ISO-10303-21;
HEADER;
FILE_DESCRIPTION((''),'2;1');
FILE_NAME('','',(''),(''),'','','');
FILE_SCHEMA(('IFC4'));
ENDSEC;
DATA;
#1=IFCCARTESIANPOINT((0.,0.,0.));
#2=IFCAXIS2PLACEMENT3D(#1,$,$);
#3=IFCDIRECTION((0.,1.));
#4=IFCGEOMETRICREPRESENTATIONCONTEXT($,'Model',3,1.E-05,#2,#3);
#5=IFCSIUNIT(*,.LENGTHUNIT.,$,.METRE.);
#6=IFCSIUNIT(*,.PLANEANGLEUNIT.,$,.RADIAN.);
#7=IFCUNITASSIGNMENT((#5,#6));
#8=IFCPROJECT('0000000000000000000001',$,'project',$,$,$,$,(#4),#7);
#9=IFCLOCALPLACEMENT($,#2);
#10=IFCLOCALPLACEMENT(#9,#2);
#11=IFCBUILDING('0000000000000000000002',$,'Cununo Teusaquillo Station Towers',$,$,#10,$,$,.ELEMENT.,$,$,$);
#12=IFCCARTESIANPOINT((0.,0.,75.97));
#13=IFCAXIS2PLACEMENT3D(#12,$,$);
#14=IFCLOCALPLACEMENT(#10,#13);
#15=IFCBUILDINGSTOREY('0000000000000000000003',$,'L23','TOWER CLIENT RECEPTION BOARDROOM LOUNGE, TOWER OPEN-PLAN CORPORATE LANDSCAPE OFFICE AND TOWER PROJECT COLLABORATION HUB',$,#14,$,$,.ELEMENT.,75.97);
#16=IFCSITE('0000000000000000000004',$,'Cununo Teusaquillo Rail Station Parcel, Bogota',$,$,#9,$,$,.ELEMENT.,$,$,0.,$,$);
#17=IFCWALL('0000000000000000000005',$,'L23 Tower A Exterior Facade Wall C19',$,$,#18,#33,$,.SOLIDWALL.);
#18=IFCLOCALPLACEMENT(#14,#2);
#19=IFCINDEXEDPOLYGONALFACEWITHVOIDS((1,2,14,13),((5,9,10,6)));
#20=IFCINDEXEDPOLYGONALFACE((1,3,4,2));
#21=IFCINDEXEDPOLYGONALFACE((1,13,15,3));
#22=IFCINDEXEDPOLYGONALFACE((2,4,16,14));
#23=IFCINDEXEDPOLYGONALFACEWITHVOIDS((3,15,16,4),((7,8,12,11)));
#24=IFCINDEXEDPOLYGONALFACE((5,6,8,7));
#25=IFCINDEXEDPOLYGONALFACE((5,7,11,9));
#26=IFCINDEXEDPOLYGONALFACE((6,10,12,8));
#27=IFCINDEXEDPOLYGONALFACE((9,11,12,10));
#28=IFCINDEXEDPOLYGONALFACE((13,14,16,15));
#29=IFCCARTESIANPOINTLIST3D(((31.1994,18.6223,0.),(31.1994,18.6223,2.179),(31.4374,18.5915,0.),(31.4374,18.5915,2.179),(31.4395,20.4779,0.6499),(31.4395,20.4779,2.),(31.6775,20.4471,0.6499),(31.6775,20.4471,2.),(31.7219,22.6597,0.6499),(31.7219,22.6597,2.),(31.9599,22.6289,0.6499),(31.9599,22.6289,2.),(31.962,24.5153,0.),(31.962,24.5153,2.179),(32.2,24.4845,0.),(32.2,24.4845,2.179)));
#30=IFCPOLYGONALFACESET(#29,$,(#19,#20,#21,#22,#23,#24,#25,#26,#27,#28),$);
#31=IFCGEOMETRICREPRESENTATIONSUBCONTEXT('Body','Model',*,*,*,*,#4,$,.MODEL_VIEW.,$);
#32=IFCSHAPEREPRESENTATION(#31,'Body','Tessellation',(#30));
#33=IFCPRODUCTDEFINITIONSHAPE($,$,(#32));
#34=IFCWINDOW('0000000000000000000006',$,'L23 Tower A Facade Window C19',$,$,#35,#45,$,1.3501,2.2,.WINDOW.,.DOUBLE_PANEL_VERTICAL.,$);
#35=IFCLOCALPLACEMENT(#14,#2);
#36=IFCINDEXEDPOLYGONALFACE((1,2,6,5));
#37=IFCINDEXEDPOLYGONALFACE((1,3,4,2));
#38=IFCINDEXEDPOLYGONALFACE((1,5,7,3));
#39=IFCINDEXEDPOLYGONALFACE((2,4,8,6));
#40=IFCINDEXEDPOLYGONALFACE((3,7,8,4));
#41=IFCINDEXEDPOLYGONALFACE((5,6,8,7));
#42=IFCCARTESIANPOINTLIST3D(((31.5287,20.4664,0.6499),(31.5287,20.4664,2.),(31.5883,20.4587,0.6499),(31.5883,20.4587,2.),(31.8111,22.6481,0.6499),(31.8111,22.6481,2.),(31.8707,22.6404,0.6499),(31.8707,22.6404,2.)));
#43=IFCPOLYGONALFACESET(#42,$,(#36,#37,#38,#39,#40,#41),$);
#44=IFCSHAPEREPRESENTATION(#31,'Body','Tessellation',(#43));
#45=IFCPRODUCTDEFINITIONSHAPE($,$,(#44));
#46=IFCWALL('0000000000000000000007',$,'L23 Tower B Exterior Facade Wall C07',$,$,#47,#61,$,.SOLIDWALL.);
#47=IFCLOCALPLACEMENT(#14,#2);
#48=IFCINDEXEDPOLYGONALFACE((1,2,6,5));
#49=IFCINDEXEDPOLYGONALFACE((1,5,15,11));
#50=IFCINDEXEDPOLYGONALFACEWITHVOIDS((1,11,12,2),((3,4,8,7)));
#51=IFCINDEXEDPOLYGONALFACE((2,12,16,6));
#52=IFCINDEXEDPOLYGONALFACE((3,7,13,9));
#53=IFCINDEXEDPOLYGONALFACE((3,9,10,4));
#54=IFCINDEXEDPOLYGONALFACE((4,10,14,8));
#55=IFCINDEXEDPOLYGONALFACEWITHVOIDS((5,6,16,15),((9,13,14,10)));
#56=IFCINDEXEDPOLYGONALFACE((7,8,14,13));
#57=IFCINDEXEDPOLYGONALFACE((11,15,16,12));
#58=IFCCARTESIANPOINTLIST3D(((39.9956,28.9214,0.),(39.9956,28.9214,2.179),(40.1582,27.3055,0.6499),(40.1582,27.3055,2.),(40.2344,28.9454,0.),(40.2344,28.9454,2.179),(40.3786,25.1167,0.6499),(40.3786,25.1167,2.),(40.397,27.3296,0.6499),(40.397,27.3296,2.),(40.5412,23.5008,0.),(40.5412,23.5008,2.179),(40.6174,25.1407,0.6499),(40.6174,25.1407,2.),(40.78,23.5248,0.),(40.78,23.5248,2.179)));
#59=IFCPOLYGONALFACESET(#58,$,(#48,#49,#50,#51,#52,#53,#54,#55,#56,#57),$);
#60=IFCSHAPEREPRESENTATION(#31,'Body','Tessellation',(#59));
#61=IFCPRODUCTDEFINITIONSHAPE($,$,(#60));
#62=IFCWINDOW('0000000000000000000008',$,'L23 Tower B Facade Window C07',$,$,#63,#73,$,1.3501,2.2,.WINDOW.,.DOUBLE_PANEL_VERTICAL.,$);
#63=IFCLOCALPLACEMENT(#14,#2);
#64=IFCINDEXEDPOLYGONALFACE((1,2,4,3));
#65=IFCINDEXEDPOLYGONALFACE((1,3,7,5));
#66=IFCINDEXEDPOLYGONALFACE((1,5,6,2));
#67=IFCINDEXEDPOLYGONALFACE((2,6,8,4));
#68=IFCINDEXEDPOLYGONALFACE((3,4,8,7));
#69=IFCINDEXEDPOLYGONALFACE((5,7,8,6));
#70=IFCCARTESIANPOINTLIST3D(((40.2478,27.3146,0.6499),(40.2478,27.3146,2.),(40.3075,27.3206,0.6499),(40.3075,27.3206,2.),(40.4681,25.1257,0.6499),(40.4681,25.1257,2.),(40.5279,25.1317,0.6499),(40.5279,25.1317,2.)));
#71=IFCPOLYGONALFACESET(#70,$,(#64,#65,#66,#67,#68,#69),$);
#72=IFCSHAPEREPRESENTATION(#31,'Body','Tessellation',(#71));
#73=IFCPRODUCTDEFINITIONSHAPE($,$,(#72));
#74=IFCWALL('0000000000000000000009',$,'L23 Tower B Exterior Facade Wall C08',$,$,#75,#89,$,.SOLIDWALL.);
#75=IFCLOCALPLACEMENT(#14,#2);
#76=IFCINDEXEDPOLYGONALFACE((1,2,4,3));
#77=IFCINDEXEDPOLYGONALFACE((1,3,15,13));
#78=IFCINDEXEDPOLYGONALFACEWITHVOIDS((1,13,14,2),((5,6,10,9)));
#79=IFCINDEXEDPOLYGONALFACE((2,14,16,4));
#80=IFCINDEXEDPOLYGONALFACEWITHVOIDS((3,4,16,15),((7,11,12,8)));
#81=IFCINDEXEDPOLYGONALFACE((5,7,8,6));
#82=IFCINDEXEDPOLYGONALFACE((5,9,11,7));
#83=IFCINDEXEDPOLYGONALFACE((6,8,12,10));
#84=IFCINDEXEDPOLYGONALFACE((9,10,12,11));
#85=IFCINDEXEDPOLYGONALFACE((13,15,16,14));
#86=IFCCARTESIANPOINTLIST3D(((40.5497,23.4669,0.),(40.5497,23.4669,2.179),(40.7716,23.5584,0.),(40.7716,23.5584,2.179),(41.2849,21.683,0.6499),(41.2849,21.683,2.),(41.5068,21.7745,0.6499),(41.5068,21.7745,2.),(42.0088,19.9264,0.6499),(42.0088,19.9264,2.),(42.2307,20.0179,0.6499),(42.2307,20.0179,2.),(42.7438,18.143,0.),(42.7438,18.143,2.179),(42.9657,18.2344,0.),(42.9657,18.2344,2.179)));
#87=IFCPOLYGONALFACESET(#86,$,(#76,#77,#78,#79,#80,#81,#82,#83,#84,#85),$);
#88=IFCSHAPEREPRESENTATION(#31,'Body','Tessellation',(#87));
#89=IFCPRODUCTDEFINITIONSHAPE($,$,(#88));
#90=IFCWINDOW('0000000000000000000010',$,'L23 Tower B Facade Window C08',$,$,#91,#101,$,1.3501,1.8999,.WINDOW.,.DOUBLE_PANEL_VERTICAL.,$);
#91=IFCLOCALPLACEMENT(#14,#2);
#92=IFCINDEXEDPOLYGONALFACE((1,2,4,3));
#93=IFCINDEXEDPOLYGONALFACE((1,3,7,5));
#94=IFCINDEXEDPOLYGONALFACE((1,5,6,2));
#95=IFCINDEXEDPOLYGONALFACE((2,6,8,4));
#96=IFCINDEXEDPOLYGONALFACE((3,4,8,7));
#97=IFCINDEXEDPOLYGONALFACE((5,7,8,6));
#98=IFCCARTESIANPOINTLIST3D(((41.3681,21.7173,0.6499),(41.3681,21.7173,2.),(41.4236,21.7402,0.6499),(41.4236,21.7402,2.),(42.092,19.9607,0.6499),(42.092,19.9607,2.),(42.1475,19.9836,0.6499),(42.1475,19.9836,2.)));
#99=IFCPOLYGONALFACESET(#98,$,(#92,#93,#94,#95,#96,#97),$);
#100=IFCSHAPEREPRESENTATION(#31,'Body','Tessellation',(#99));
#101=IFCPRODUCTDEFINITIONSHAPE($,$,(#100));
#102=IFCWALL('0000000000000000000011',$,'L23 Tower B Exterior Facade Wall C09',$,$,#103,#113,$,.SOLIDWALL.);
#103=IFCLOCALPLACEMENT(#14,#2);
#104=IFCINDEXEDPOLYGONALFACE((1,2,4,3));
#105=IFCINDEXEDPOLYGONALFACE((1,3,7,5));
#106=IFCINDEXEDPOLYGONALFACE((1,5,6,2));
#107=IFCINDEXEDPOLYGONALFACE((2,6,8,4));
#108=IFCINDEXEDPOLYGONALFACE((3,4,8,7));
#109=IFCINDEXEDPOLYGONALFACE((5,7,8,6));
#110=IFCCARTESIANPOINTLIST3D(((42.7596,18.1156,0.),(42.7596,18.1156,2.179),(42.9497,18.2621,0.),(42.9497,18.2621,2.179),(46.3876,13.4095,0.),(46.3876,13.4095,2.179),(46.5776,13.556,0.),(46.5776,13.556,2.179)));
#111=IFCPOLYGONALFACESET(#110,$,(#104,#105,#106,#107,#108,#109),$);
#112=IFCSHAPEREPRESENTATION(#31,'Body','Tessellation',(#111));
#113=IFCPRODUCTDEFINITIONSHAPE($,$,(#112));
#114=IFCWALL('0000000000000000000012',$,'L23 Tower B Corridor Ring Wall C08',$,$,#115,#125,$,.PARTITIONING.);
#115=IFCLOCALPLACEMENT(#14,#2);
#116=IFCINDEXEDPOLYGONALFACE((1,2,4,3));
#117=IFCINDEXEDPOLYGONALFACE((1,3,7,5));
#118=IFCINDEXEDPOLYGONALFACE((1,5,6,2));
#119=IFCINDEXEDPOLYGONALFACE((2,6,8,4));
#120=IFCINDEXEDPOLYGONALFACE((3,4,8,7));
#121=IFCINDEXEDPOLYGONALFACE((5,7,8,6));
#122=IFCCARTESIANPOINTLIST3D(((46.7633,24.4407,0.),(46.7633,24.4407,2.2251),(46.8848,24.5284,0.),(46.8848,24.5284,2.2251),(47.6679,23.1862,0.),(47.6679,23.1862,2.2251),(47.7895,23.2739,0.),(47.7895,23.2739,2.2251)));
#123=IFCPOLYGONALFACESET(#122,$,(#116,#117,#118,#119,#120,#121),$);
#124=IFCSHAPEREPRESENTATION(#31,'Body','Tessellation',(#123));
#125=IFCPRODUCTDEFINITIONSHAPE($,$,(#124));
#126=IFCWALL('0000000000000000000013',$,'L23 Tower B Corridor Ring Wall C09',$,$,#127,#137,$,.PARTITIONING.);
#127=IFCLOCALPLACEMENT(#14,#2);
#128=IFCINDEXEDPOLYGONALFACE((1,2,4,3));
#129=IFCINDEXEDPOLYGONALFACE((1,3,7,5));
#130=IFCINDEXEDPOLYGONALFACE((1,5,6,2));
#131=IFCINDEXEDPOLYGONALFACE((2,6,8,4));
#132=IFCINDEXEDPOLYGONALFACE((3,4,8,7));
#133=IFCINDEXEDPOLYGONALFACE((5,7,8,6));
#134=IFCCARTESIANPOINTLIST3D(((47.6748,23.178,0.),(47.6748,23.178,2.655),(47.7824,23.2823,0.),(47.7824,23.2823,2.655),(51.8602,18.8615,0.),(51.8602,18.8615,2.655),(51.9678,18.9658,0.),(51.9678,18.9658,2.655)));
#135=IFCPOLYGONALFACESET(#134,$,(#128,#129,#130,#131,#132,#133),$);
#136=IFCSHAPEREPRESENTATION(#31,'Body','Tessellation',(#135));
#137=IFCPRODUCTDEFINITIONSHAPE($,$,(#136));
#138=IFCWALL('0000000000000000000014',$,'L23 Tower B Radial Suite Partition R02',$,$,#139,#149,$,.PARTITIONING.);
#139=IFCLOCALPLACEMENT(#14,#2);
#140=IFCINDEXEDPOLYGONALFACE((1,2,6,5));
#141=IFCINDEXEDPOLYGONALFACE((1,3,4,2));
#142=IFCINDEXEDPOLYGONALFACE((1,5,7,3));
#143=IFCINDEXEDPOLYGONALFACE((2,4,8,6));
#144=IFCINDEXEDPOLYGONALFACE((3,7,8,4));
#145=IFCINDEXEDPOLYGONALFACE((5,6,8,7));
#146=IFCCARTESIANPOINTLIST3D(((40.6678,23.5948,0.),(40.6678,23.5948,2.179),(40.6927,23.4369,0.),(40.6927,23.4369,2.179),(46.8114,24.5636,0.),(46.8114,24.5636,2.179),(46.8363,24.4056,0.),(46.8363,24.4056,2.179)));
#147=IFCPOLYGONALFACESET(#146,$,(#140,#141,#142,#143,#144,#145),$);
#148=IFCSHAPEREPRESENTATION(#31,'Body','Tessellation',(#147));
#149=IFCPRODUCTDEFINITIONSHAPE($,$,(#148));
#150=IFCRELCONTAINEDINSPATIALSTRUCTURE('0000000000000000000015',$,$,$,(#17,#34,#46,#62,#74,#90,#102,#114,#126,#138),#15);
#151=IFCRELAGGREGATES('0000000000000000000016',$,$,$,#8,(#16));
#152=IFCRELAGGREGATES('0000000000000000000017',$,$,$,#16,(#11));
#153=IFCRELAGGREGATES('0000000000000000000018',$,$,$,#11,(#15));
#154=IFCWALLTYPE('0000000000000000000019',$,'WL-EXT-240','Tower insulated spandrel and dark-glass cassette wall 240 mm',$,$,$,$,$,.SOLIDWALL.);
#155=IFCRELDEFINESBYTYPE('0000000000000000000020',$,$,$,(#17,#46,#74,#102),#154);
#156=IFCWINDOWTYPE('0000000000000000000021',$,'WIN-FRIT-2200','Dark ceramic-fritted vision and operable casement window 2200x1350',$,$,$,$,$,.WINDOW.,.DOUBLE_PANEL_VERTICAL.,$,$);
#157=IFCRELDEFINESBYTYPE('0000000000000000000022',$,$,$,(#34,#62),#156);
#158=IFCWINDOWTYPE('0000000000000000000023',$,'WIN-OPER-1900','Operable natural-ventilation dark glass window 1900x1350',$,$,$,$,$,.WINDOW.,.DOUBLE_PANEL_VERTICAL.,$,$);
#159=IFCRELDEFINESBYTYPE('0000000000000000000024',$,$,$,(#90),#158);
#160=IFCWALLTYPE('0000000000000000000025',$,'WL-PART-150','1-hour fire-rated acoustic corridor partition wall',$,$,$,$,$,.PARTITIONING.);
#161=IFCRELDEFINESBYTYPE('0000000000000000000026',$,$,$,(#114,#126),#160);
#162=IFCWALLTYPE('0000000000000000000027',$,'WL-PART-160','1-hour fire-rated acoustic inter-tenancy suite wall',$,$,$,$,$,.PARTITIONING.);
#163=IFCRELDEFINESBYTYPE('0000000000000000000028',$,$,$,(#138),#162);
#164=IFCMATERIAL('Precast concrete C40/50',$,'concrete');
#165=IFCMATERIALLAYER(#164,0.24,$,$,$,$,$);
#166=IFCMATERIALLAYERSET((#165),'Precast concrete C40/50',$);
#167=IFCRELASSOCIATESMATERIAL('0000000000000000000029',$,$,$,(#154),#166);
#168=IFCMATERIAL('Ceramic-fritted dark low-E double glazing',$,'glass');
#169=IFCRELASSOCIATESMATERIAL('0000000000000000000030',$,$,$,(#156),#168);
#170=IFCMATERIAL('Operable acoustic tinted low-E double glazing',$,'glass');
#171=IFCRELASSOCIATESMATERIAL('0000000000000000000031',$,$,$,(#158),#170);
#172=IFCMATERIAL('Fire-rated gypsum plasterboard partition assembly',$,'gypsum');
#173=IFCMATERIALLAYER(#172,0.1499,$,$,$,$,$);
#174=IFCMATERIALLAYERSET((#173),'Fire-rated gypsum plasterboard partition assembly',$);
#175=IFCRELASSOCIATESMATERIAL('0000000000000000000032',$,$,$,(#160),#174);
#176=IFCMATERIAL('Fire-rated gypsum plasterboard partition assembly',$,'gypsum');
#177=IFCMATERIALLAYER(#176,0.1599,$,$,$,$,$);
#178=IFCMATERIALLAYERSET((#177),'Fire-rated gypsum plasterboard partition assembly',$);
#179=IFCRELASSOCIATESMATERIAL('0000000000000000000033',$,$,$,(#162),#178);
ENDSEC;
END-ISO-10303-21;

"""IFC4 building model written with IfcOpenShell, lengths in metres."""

from ifc_helpers import new_model, si_unit, direction, frame, frame_2d, origin, place, context, subcontext, project, spatial, rectangle, extrude, source, transform, mapped, material, layer, layer_set, type_object, element, fill, save


model = new_model("IFC4")

# Units and contexts
model_context = context("Model", 3, precision=1e-05, world=origin(), true_north=direction((0.0, 1.0)))
body_context = subcontext(model_context, "Body", "Model", "MODEL_VIEW")
ifc_project = project(units=[si_unit("LENGTHUNIT", "METRE"), si_unit("PLANEANGLEUNIT", "RADIAN")], contexts=[model_context])

# Site, building, storey
site_placement = place(None, origin())
site = spatial("IfcSite", under=ifc_project, at=site_placement, Name="Cununo Teusaquillo Rail Station Parcel, Bogota", CompositionType="ELEMENT", RefElevation=0.0)
building_placement = place(site_placement, origin())
building = spatial("IfcBuilding", under=site, at=building_placement, Name="Cununo Teusaquillo Station Towers", CompositionType="ELEMENT")
storey_placement = place(building_placement, frame((0.0, 0.0, 75.97)))
storey = spatial("IfcBuildingStorey", under=building, at=storey_placement, Name="L23", Description="TOWER CLIENT RECEPTION BOARDROOM LOUNGE, TOWER OPEN-PLAN CORPORATE LANDSCAPE OFFICE AND TOWER PROJECT COLLABORATION HUB", CompositionType="ELEMENT", Elevation=75.97)

# Shared definitions
ifc_material_1 = material(Name="Precast concrete C40/50", Category="concrete")
ifc_layer_1 = layer(ifc_material_1, 0.24)
ifc_layer_set_1 = layer_set([ifc_layer_1], Name="Precast concrete C40/50")
wall_type_1 = type_object("IfcWallType", Name="WL-EXT-240", Description="Tower insulated spandrel and dark-glass cassette wall 240 mm", PredefinedType="SOLIDWALL", material=ifc_layer_set_1)

# Walls, openings, windows
wall_1_placement = place(storey_placement, frame((32.0811, 24.5, 0.0), z_axis=(0.0, 0.0, 1.0), x_axis=(-0.128352, -0.991729, 0.0)))
wall_1 = element("IfcWall", 1, at=wall_1_placement, inside=storey, type_object=wall_type_1, Name="L23 Tower A Exterior Facade Wall C19", PredefinedType="SOLIDWALL", context=body_context, shape_type="SweptSolid", body=[
    extrude(rectangle(XDim=5.9421, YDim=0.24, at=frame_2d((2.9712, 0.0))), origin(), (0.0, 0.0, 1.0), 2.179),
])
shared_shape_1 = source(origin(), body_context, "Body", "SweptSolid", [
    extrude(rectangle(XDim=2.2, YDim=1.3501, at=frame_2d((1.1001, 0.675))), frame((0.0, 0.1299, 0.0), z_axis=(0.0, -1.0, 0.0), x_axis=(1.0, 0.0, 0.0)), (0.0, 0.0, 1.0), 0.26),
])
opening_1_placement = place(wall_1_placement, frame((1.8711, 0.0, 0.6499)))
opening_1 = element("IfcOpeningElement", 2, at=opening_1_placement, cuts=wall_1, PredefinedType="OPENING", context=body_context, shape_type="MappedRepresentation", body=[
    mapped(shared_shape_1, transform((0.0, 0.0, 0.0), x_axis=(1.0, 0.0, 0.0), y_axis=(0.0, 1.0, 0.0), z_axis=(0.0, 0.0, 1.0), scale=1.0)),
])
ifc_material_2 = material(Name="Ceramic-fritted dark low-E double glazing", Category="glass")
window_type_1 = type_object("IfcWindowType", Name="WIN-FRIT-2200", Description="Dark ceramic-fritted vision and operable casement window 2200x1350", PartitioningType="DOUBLE_PANEL_VERTICAL", PredefinedType="WINDOW", material=ifc_material_2)
shared_shape_2 = source(origin(), body_context, "Body", "SweptSolid", [
    extrude(rectangle(XDim=2.2, YDim=1.3501, at=frame_2d((1.1001, 0.675))), frame((0.0, 0.03, 0.0), z_axis=(0.0, -1.0, 0.0), x_axis=(1.0, 0.0, 0.0)), (0.0, 0.0, 1.0), 0.0601),
])
window_1_placement = place(opening_1_placement, origin())
window_1 = element("IfcWindow", 3, at=window_1_placement, inside=storey, type_object=window_type_1, Name="L23 Tower A Facade Window C19", OverallHeight=1.3501, OverallWidth=2.2, PartitioningType="DOUBLE_PANEL_VERTICAL", PredefinedType="WINDOW", context=body_context, shape_type="MappedRepresentation", body=[
    mapped(shared_shape_2, transform((0.0, 0.0, 0.0), x_axis=(1.0, 0.0, 0.0), y_axis=(0.0, 1.0, 0.0), z_axis=(0.0, 0.0, 1.0), scale=1.0)),
])
fill(opening_1, window_1)
wall_2_placement = place(storey_placement, frame((40.6606, 23.5127, 0.0), z_axis=(0.0, 0.0, 1.0), x_axis=(-0.100156, 0.994972, 0.0)))
wall_2 = element("IfcWall", 4, at=wall_2_placement, inside=storey, type_object=wall_type_1, Name="L23 Tower B Exterior Facade Wall C07", PredefinedType="SOLIDWALL", context=body_context, shape_type="SweptSolid", body=[
    extrude(rectangle(XDim=5.448, YDim=0.24, at=frame_2d((2.7241, 0.0))), origin(), (0.0, 0.0, 1.0), 2.179),
])
opening_2_placement = place(wall_2_placement, frame((1.624, 0.0, 0.6499)))
opening_2 = element("IfcOpeningElement", 5, at=opening_2_placement, cuts=wall_2, PredefinedType="OPENING", context=body_context, shape_type="MappedRepresentation", body=[
    mapped(shared_shape_1, transform((0.0, 0.0, 0.0), x_axis=(1.0, 0.0, 0.0), y_axis=(0.0, 1.0, 0.0), z_axis=(0.0, 0.0, 1.0), scale=1.0)),
])
window_2_placement = place(opening_2_placement, origin())
window_2 = element("IfcWindow", 6, at=window_2_placement, inside=storey, type_object=window_type_1, Name="L23 Tower B Facade Window C07", OverallHeight=1.3501, OverallWidth=2.2, PartitioningType="DOUBLE_PANEL_VERTICAL", PredefinedType="WINDOW", context=body_context, shape_type="MappedRepresentation", body=[
    mapped(shared_shape_2, transform((0.0, 0.0, 0.0), x_axis=(1.0, 0.0, 0.0), y_axis=(0.0, 1.0, 0.0), z_axis=(0.0, 0.0, 1.0), scale=1.0)),
])
fill(opening_2, window_2)
wall_3_placement = place(storey_placement, frame((42.8547, 18.1887, 0.0), z_axis=(0.0, 0.0, 1.0), x_axis=(-0.381027, 0.924564, 0.0)))
wall_3 = element("IfcWall", 7, at=wall_3_placement, inside=storey, type_object=wall_type_1, Name="L23 Tower B Exterior Facade Wall C08", PredefinedType="SOLIDWALL", context=body_context, shape_type="SweptSolid", body=[
    extrude(rectangle(XDim=5.7583, YDim=0.24, at=frame_2d((2.8792, 0.0))), origin(), (0.0, 0.0, 1.0), 2.179),
])
shared_shape_3 = source(origin(), body_context, "Body", "SweptSolid", [
    extrude(rectangle(XDim=1.8999, YDim=1.3501, at=frame_2d((0.95, 0.675))), frame((0.0, 0.1299, 0.0), z_axis=(0.0, -1.0, 0.0), x_axis=(1.0, 0.0, 0.0)), (0.0, 0.0, 1.0), 0.26),
])
opening_3_placement = place(wall_3_placement, frame((1.929, 0.0, 0.6499)))
opening_3 = element("IfcOpeningElement", 8, at=opening_3_placement, cuts=wall_3, PredefinedType="OPENING", context=body_context, shape_type="MappedRepresentation", body=[
    mapped(shared_shape_3, transform((0.0, 0.0, 0.0), x_axis=(1.0, 0.0, 0.0), y_axis=(0.0, 1.0, 0.0), z_axis=(0.0, 0.0, 1.0), scale=1.0)),
])
ifc_material_3 = material(Name="Operable acoustic tinted low-E double glazing", Category="glass")
window_type_2 = type_object("IfcWindowType", Name="WIN-OPER-1900", Description="Operable natural-ventilation dark glass window 1900x1350", PartitioningType="DOUBLE_PANEL_VERTICAL", PredefinedType="WINDOW", material=ifc_material_3)
shared_shape_4 = source(origin(), body_context, "Body", "SweptSolid", [
    extrude(rectangle(XDim=1.8999, YDim=1.3501, at=frame_2d((0.95, 0.675))), frame((0.0, 0.03, 0.0), z_axis=(0.0, -1.0, 0.0), x_axis=(1.0, 0.0, 0.0)), (0.0, 0.0, 1.0), 0.0601),
])
window_3_placement = place(opening_3_placement, origin())
window_3 = element("IfcWindow", 9, at=window_3_placement, inside=storey, type_object=window_type_2, Name="L23 Tower B Facade Window C08", OverallHeight=1.3501, OverallWidth=1.8999, PartitioningType="DOUBLE_PANEL_VERTICAL", PredefinedType="WINDOW", context=body_context, shape_type="MappedRepresentation", body=[
    mapped(shared_shape_4, transform((0.0, 0.0, 0.0), x_axis=(1.0, 0.0, 0.0), y_axis=(0.0, 1.0, 0.0), z_axis=(0.0, 0.0, 1.0), scale=1.0)),
])
fill(opening_3, window_3)

# Walls
wall_4_placement = place(storey_placement, frame((46.4827, 13.4827, 0.0), z_axis=(0.0, 0.0, 1.0), x_axis=(-0.610544, 0.791982, 0.0)))
element("IfcWall", 10, at=wall_4_placement, inside=storey, type_object=wall_type_1, Name="L23 Tower B Exterior Facade Wall C09", PredefinedType="SOLIDWALL", context=body_context, shape_type="SweptSolid", body=[
    extrude(rectangle(XDim=5.9421, YDim=0.24, at=frame_2d((2.9712, 0.0))), origin(), (0.0, 0.0, 1.0), 2.179),
])
ifc_material_4 = material(Name="Fire-rated gypsum plasterboard partition assembly", Category="gypsum")
ifc_layer_2 = layer(ifc_material_4, 0.1499)
ifc_layer_set_2 = layer_set([ifc_layer_2], Name="Fire-rated gypsum plasterboard partition assembly")
wall_type_2 = type_object("IfcWallType", Name="WL-PART-150", Description="1-hour fire-rated acoustic corridor partition wall", PredefinedType="PARTITIONING", material=ifc_layer_set_2)
wall_5_placement = place(storey_placement, frame((46.824, 24.4846, 0.0), z_axis=(0.0, 0.0, 1.0), x_axis=(0.584891, -0.811112, 0.0)))
element("IfcWall", 11, at=wall_5_placement, inside=storey, type_object=wall_type_2, Name="L23 Tower B Corridor Ring Wall C08", PredefinedType="PARTITIONING", context=body_context, shape_type="SweptSolid", body=[
    extrude(rectangle(XDim=1.5466, YDim=0.1499, at=frame_2d((0.7734, 0.0))), origin(), (0.0, 0.0, 1.0), 2.2251),
])
wall_6_placement = place(storey_placement, frame((47.7285, 23.2302, 0.0), z_axis=(0.0, 0.0, 1.0), x_axis=(0.69612, -0.717926, 0.0)))
element("IfcWall", 12, at=wall_6_placement, inside=storey, type_object=wall_type_2, Name="L23 Tower B Corridor Ring Wall C09", PredefinedType="PARTITIONING", context=body_context, shape_type="SweptSolid", body=[
    extrude(rectangle(XDim=6.0125, YDim=0.1499, at=frame_2d((3.0063, 0.0))), origin(), (0.0, 0.0, 1.0), 2.655),
])
ifc_material_5 = material(Name="Fire-rated gypsum plasterboard partition assembly", Category="gypsum")
ifc_layer_3 = layer(ifc_material_5, 0.1599)
ifc_layer_set_3 = layer_set([ifc_layer_3], Name="Fire-rated gypsum plasterboard partition assembly")
wall_type_3 = type_object("IfcWallType", Name="WL-PART-160", Description="1-hour fire-rated acoustic inter-tenancy suite wall", PredefinedType="PARTITIONING", material=ifc_layer_set_3)
wall_7_placement = place(storey_placement, frame((46.824, 24.4846, 0.0), z_axis=(0.0, 0.0, 1.0), x_axis=(-0.987795, -0.155761, 0.0)))
element("IfcWall", 13, at=wall_7_placement, inside=storey, type_object=wall_type_3, Name="L23 Tower B Radial Suite Partition R02", PredefinedType="PARTITIONING", context=body_context, shape_type="SweptSolid", body=[
    extrude(rectangle(XDim=6.2195, YDim=0.1599, at=frame_2d((3.1099, 0.0))), origin(), (0.0, 0.0, 1.0), 2.179),
])

save(model, "model.ifc")
